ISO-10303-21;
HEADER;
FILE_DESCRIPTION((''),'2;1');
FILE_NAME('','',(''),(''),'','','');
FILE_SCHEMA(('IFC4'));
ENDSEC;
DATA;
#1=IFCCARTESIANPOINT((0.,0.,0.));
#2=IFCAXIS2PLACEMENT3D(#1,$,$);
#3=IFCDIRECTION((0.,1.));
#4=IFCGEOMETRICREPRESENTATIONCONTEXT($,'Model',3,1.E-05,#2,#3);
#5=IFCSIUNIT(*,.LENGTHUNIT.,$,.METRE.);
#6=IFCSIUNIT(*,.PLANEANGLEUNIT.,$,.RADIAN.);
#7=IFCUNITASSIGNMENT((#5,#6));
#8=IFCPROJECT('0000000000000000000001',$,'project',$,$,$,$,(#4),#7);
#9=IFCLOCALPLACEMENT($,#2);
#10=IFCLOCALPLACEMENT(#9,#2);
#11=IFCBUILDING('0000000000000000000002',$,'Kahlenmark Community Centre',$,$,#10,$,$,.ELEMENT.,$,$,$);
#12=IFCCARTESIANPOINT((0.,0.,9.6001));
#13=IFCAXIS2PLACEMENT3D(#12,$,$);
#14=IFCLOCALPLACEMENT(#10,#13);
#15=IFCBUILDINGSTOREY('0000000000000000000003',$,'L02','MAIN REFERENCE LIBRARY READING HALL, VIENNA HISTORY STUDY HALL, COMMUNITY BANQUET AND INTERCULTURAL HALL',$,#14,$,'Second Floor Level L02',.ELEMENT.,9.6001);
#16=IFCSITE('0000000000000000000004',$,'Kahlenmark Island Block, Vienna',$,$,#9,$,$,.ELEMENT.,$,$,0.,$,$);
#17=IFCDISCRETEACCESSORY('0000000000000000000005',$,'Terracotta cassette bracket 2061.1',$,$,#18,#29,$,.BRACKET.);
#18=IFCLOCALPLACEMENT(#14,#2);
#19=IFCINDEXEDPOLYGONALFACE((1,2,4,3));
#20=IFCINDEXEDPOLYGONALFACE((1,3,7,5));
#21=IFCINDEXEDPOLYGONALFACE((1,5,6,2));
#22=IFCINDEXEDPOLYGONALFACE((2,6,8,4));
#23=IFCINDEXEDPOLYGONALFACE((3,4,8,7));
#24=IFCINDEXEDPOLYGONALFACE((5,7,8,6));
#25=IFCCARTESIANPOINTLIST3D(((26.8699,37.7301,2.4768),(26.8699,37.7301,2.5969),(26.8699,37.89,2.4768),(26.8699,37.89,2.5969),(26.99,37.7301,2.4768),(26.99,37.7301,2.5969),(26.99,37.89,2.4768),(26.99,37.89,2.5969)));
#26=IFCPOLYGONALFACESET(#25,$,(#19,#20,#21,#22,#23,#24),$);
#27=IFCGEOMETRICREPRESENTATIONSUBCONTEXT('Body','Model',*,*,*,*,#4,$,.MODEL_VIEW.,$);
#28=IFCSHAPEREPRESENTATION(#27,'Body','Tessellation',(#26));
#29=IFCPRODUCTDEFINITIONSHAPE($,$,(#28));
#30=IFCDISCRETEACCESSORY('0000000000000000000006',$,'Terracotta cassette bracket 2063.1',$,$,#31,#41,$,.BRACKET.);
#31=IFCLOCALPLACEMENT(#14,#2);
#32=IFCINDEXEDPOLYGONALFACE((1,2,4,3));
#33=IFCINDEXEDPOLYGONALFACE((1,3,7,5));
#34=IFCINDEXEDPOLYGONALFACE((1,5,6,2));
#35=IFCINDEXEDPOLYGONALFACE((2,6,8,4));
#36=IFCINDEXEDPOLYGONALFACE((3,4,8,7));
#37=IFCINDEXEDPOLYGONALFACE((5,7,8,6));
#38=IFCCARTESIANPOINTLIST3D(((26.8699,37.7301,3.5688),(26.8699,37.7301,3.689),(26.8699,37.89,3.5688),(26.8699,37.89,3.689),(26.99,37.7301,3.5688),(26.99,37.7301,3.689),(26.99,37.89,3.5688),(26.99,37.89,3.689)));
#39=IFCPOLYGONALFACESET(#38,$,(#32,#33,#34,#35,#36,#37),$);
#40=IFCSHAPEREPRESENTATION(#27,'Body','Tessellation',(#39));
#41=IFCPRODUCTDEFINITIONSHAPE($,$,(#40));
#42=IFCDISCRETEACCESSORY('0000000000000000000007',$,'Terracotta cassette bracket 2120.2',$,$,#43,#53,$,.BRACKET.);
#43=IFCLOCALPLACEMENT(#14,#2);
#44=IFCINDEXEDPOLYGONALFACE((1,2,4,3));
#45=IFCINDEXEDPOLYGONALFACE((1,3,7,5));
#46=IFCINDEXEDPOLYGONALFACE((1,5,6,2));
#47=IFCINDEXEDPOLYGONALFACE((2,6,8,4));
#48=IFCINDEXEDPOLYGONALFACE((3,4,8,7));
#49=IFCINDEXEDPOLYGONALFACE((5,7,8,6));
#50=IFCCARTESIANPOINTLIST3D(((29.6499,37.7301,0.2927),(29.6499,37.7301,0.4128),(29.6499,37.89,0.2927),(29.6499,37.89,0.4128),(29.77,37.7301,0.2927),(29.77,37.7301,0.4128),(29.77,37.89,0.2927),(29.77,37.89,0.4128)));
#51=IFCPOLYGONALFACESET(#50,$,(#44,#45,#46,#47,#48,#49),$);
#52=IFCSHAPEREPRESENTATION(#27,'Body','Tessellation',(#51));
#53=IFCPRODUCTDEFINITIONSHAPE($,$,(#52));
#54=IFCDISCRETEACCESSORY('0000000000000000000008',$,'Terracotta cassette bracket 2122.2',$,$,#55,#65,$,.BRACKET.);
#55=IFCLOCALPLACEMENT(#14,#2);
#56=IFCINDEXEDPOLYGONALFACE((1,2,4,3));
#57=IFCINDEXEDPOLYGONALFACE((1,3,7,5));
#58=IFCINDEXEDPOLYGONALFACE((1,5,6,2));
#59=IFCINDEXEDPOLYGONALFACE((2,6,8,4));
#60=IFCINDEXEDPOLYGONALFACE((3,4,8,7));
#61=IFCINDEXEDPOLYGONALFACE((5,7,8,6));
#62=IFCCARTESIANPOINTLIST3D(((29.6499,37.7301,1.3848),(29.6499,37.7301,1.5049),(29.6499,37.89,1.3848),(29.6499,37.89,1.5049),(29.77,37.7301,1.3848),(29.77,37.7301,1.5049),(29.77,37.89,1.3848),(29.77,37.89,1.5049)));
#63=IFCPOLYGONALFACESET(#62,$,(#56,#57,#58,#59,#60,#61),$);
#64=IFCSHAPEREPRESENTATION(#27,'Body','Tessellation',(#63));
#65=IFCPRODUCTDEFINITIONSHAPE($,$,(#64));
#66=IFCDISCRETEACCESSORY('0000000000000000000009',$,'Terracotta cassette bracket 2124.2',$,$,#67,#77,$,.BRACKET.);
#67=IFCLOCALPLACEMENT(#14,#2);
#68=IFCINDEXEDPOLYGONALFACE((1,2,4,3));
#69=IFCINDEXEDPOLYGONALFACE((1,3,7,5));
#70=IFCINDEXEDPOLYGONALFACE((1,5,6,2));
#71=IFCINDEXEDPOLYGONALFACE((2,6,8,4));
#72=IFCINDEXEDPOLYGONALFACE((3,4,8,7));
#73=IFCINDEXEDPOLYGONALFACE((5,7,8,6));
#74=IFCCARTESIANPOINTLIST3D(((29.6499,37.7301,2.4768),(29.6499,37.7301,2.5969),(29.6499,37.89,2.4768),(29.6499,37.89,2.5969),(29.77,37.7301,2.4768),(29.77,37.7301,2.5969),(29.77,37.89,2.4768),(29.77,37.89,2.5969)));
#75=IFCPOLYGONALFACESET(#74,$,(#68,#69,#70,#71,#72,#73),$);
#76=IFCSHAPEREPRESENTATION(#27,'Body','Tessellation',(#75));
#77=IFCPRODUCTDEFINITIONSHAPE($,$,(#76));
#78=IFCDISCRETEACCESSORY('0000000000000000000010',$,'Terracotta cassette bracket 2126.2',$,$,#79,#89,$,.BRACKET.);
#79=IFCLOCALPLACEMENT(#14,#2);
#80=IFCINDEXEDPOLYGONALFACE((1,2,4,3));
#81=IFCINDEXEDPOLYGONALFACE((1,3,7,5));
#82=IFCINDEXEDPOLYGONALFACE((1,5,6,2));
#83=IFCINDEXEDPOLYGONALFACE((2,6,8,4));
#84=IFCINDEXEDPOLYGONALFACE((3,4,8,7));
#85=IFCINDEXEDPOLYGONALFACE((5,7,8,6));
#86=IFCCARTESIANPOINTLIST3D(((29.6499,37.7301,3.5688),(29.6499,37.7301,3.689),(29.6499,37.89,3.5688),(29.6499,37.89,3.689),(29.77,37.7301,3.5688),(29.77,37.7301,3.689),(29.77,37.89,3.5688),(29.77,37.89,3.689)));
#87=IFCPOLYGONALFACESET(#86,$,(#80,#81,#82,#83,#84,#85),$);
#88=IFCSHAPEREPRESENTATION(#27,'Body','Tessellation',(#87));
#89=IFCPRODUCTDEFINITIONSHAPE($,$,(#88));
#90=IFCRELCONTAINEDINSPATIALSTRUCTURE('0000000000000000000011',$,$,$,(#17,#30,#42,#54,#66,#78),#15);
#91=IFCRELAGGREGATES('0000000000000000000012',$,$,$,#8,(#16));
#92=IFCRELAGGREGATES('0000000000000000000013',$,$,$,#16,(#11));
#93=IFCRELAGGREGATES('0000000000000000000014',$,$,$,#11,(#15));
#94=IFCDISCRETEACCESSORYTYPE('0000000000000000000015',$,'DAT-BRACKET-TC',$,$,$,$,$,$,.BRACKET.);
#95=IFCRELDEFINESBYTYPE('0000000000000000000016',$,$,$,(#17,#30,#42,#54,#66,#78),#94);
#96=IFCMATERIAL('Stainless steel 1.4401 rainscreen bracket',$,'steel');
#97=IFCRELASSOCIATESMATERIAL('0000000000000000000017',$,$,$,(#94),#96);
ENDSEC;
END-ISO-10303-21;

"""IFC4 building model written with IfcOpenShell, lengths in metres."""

from ifc_helpers import new_model, si_unit, direction, frame, origin, origin_2d, place, context, subcontext, project, spatial, rectangle, extrude, material, type_object, element, save


model = new_model("IFC4")

# Units and contexts
model_context = context("Model", 3, precision=1e-05, world=origin(), true_north=direction((0.0, 1.0)))
body_context = subcontext(model_context, "Body", "Model", "MODEL_VIEW")
ifc_project = project(units=[si_unit("LENGTHUNIT", "METRE"), si_unit("PLANEANGLEUNIT", "RADIAN")], contexts=[model_context])

# Site, building, storey
site_placement = place(None, origin())
site = spatial("IfcSite", under=ifc_project, at=site_placement, Name="Kahlenmark Island Block, Vienna", CompositionType="ELEMENT", RefElevation=0.0)
building_placement = place(site_placement, origin())
building = spatial("IfcBuilding", under=site, at=building_placement, Name="Kahlenmark Community Centre", CompositionType="ELEMENT")
storey_placement = place(building_placement, frame((0.0, 0.0, 9.6001)))
storey = spatial("IfcBuildingStorey", under=building, at=storey_placement, Name="L02", Description="MAIN REFERENCE LIBRARY READING HALL, VIENNA HISTORY STUDY HALL, COMMUNITY BANQUET AND INTERCULTURAL HALL", LongName="Second Floor Level L02", CompositionType="ELEMENT", Elevation=9.6001)

# Discrete accessories
ifc_material_1 = material(Name="Stainless steel 1.4401 rainscreen bracket", Category="steel")
discrete_accessory_type = type_object("IfcDiscreteAccessoryType", Name="DAT-BRACKET-TC", PredefinedType="BRACKET", material=ifc_material_1)
for number, where, z_axis, x_axis, name in (
    (1, (26.9299, 37.8101, 2.4768), (0.0, 0.0, 1.0), (-1.0, 0.0, 0.0), "Terracotta cassette bracket 2061.1"),
    (2, (26.9299, 37.8101, 3.5688), (0.0, 0.0, 1.0), (-1.0, 0.0, 0.0), "Terracotta cassette bracket 2063.1"),
    (3, (29.71, 37.8101, 0.2927), (0.0, 0.0, 1.0), (-1.0, 0.0, 0.0), "Terracotta cassette bracket 2120.2"),
    (4, (29.71, 37.8101, 1.3848), (0.0, 0.0, 1.0), (-1.0, 0.0, 0.0), "Terracotta cassette bracket 2122.2"),
    (5, (29.71, 37.8101, 2.4768), (0.0, 0.0, 1.0), (-1.0, 0.0, 0.0), "Terracotta cassette bracket 2124.2"),
    (6, (29.71, 37.8101, 3.5688), (0.0, 0.0, 1.0), (-1.0, 0.0, 0.0), "Terracotta cassette bracket 2126.2"),
):
    element("IfcDiscreteAccessory", number, at=place(storey_placement, frame(where, z_axis=z_axis, x_axis=x_axis)), inside=storey, type_object=discrete_accessory_type, Name=name, PredefinedType="BRACKET", context=body_context, shape_type="SweptSolid", body=[
        extrude(rectangle(XDim=0.1201, YDim=0.1599, at=origin_2d()), origin(), (0.0, 0.0, 1.0), 0.1201),
    ])

save(model, "model.ifc")
